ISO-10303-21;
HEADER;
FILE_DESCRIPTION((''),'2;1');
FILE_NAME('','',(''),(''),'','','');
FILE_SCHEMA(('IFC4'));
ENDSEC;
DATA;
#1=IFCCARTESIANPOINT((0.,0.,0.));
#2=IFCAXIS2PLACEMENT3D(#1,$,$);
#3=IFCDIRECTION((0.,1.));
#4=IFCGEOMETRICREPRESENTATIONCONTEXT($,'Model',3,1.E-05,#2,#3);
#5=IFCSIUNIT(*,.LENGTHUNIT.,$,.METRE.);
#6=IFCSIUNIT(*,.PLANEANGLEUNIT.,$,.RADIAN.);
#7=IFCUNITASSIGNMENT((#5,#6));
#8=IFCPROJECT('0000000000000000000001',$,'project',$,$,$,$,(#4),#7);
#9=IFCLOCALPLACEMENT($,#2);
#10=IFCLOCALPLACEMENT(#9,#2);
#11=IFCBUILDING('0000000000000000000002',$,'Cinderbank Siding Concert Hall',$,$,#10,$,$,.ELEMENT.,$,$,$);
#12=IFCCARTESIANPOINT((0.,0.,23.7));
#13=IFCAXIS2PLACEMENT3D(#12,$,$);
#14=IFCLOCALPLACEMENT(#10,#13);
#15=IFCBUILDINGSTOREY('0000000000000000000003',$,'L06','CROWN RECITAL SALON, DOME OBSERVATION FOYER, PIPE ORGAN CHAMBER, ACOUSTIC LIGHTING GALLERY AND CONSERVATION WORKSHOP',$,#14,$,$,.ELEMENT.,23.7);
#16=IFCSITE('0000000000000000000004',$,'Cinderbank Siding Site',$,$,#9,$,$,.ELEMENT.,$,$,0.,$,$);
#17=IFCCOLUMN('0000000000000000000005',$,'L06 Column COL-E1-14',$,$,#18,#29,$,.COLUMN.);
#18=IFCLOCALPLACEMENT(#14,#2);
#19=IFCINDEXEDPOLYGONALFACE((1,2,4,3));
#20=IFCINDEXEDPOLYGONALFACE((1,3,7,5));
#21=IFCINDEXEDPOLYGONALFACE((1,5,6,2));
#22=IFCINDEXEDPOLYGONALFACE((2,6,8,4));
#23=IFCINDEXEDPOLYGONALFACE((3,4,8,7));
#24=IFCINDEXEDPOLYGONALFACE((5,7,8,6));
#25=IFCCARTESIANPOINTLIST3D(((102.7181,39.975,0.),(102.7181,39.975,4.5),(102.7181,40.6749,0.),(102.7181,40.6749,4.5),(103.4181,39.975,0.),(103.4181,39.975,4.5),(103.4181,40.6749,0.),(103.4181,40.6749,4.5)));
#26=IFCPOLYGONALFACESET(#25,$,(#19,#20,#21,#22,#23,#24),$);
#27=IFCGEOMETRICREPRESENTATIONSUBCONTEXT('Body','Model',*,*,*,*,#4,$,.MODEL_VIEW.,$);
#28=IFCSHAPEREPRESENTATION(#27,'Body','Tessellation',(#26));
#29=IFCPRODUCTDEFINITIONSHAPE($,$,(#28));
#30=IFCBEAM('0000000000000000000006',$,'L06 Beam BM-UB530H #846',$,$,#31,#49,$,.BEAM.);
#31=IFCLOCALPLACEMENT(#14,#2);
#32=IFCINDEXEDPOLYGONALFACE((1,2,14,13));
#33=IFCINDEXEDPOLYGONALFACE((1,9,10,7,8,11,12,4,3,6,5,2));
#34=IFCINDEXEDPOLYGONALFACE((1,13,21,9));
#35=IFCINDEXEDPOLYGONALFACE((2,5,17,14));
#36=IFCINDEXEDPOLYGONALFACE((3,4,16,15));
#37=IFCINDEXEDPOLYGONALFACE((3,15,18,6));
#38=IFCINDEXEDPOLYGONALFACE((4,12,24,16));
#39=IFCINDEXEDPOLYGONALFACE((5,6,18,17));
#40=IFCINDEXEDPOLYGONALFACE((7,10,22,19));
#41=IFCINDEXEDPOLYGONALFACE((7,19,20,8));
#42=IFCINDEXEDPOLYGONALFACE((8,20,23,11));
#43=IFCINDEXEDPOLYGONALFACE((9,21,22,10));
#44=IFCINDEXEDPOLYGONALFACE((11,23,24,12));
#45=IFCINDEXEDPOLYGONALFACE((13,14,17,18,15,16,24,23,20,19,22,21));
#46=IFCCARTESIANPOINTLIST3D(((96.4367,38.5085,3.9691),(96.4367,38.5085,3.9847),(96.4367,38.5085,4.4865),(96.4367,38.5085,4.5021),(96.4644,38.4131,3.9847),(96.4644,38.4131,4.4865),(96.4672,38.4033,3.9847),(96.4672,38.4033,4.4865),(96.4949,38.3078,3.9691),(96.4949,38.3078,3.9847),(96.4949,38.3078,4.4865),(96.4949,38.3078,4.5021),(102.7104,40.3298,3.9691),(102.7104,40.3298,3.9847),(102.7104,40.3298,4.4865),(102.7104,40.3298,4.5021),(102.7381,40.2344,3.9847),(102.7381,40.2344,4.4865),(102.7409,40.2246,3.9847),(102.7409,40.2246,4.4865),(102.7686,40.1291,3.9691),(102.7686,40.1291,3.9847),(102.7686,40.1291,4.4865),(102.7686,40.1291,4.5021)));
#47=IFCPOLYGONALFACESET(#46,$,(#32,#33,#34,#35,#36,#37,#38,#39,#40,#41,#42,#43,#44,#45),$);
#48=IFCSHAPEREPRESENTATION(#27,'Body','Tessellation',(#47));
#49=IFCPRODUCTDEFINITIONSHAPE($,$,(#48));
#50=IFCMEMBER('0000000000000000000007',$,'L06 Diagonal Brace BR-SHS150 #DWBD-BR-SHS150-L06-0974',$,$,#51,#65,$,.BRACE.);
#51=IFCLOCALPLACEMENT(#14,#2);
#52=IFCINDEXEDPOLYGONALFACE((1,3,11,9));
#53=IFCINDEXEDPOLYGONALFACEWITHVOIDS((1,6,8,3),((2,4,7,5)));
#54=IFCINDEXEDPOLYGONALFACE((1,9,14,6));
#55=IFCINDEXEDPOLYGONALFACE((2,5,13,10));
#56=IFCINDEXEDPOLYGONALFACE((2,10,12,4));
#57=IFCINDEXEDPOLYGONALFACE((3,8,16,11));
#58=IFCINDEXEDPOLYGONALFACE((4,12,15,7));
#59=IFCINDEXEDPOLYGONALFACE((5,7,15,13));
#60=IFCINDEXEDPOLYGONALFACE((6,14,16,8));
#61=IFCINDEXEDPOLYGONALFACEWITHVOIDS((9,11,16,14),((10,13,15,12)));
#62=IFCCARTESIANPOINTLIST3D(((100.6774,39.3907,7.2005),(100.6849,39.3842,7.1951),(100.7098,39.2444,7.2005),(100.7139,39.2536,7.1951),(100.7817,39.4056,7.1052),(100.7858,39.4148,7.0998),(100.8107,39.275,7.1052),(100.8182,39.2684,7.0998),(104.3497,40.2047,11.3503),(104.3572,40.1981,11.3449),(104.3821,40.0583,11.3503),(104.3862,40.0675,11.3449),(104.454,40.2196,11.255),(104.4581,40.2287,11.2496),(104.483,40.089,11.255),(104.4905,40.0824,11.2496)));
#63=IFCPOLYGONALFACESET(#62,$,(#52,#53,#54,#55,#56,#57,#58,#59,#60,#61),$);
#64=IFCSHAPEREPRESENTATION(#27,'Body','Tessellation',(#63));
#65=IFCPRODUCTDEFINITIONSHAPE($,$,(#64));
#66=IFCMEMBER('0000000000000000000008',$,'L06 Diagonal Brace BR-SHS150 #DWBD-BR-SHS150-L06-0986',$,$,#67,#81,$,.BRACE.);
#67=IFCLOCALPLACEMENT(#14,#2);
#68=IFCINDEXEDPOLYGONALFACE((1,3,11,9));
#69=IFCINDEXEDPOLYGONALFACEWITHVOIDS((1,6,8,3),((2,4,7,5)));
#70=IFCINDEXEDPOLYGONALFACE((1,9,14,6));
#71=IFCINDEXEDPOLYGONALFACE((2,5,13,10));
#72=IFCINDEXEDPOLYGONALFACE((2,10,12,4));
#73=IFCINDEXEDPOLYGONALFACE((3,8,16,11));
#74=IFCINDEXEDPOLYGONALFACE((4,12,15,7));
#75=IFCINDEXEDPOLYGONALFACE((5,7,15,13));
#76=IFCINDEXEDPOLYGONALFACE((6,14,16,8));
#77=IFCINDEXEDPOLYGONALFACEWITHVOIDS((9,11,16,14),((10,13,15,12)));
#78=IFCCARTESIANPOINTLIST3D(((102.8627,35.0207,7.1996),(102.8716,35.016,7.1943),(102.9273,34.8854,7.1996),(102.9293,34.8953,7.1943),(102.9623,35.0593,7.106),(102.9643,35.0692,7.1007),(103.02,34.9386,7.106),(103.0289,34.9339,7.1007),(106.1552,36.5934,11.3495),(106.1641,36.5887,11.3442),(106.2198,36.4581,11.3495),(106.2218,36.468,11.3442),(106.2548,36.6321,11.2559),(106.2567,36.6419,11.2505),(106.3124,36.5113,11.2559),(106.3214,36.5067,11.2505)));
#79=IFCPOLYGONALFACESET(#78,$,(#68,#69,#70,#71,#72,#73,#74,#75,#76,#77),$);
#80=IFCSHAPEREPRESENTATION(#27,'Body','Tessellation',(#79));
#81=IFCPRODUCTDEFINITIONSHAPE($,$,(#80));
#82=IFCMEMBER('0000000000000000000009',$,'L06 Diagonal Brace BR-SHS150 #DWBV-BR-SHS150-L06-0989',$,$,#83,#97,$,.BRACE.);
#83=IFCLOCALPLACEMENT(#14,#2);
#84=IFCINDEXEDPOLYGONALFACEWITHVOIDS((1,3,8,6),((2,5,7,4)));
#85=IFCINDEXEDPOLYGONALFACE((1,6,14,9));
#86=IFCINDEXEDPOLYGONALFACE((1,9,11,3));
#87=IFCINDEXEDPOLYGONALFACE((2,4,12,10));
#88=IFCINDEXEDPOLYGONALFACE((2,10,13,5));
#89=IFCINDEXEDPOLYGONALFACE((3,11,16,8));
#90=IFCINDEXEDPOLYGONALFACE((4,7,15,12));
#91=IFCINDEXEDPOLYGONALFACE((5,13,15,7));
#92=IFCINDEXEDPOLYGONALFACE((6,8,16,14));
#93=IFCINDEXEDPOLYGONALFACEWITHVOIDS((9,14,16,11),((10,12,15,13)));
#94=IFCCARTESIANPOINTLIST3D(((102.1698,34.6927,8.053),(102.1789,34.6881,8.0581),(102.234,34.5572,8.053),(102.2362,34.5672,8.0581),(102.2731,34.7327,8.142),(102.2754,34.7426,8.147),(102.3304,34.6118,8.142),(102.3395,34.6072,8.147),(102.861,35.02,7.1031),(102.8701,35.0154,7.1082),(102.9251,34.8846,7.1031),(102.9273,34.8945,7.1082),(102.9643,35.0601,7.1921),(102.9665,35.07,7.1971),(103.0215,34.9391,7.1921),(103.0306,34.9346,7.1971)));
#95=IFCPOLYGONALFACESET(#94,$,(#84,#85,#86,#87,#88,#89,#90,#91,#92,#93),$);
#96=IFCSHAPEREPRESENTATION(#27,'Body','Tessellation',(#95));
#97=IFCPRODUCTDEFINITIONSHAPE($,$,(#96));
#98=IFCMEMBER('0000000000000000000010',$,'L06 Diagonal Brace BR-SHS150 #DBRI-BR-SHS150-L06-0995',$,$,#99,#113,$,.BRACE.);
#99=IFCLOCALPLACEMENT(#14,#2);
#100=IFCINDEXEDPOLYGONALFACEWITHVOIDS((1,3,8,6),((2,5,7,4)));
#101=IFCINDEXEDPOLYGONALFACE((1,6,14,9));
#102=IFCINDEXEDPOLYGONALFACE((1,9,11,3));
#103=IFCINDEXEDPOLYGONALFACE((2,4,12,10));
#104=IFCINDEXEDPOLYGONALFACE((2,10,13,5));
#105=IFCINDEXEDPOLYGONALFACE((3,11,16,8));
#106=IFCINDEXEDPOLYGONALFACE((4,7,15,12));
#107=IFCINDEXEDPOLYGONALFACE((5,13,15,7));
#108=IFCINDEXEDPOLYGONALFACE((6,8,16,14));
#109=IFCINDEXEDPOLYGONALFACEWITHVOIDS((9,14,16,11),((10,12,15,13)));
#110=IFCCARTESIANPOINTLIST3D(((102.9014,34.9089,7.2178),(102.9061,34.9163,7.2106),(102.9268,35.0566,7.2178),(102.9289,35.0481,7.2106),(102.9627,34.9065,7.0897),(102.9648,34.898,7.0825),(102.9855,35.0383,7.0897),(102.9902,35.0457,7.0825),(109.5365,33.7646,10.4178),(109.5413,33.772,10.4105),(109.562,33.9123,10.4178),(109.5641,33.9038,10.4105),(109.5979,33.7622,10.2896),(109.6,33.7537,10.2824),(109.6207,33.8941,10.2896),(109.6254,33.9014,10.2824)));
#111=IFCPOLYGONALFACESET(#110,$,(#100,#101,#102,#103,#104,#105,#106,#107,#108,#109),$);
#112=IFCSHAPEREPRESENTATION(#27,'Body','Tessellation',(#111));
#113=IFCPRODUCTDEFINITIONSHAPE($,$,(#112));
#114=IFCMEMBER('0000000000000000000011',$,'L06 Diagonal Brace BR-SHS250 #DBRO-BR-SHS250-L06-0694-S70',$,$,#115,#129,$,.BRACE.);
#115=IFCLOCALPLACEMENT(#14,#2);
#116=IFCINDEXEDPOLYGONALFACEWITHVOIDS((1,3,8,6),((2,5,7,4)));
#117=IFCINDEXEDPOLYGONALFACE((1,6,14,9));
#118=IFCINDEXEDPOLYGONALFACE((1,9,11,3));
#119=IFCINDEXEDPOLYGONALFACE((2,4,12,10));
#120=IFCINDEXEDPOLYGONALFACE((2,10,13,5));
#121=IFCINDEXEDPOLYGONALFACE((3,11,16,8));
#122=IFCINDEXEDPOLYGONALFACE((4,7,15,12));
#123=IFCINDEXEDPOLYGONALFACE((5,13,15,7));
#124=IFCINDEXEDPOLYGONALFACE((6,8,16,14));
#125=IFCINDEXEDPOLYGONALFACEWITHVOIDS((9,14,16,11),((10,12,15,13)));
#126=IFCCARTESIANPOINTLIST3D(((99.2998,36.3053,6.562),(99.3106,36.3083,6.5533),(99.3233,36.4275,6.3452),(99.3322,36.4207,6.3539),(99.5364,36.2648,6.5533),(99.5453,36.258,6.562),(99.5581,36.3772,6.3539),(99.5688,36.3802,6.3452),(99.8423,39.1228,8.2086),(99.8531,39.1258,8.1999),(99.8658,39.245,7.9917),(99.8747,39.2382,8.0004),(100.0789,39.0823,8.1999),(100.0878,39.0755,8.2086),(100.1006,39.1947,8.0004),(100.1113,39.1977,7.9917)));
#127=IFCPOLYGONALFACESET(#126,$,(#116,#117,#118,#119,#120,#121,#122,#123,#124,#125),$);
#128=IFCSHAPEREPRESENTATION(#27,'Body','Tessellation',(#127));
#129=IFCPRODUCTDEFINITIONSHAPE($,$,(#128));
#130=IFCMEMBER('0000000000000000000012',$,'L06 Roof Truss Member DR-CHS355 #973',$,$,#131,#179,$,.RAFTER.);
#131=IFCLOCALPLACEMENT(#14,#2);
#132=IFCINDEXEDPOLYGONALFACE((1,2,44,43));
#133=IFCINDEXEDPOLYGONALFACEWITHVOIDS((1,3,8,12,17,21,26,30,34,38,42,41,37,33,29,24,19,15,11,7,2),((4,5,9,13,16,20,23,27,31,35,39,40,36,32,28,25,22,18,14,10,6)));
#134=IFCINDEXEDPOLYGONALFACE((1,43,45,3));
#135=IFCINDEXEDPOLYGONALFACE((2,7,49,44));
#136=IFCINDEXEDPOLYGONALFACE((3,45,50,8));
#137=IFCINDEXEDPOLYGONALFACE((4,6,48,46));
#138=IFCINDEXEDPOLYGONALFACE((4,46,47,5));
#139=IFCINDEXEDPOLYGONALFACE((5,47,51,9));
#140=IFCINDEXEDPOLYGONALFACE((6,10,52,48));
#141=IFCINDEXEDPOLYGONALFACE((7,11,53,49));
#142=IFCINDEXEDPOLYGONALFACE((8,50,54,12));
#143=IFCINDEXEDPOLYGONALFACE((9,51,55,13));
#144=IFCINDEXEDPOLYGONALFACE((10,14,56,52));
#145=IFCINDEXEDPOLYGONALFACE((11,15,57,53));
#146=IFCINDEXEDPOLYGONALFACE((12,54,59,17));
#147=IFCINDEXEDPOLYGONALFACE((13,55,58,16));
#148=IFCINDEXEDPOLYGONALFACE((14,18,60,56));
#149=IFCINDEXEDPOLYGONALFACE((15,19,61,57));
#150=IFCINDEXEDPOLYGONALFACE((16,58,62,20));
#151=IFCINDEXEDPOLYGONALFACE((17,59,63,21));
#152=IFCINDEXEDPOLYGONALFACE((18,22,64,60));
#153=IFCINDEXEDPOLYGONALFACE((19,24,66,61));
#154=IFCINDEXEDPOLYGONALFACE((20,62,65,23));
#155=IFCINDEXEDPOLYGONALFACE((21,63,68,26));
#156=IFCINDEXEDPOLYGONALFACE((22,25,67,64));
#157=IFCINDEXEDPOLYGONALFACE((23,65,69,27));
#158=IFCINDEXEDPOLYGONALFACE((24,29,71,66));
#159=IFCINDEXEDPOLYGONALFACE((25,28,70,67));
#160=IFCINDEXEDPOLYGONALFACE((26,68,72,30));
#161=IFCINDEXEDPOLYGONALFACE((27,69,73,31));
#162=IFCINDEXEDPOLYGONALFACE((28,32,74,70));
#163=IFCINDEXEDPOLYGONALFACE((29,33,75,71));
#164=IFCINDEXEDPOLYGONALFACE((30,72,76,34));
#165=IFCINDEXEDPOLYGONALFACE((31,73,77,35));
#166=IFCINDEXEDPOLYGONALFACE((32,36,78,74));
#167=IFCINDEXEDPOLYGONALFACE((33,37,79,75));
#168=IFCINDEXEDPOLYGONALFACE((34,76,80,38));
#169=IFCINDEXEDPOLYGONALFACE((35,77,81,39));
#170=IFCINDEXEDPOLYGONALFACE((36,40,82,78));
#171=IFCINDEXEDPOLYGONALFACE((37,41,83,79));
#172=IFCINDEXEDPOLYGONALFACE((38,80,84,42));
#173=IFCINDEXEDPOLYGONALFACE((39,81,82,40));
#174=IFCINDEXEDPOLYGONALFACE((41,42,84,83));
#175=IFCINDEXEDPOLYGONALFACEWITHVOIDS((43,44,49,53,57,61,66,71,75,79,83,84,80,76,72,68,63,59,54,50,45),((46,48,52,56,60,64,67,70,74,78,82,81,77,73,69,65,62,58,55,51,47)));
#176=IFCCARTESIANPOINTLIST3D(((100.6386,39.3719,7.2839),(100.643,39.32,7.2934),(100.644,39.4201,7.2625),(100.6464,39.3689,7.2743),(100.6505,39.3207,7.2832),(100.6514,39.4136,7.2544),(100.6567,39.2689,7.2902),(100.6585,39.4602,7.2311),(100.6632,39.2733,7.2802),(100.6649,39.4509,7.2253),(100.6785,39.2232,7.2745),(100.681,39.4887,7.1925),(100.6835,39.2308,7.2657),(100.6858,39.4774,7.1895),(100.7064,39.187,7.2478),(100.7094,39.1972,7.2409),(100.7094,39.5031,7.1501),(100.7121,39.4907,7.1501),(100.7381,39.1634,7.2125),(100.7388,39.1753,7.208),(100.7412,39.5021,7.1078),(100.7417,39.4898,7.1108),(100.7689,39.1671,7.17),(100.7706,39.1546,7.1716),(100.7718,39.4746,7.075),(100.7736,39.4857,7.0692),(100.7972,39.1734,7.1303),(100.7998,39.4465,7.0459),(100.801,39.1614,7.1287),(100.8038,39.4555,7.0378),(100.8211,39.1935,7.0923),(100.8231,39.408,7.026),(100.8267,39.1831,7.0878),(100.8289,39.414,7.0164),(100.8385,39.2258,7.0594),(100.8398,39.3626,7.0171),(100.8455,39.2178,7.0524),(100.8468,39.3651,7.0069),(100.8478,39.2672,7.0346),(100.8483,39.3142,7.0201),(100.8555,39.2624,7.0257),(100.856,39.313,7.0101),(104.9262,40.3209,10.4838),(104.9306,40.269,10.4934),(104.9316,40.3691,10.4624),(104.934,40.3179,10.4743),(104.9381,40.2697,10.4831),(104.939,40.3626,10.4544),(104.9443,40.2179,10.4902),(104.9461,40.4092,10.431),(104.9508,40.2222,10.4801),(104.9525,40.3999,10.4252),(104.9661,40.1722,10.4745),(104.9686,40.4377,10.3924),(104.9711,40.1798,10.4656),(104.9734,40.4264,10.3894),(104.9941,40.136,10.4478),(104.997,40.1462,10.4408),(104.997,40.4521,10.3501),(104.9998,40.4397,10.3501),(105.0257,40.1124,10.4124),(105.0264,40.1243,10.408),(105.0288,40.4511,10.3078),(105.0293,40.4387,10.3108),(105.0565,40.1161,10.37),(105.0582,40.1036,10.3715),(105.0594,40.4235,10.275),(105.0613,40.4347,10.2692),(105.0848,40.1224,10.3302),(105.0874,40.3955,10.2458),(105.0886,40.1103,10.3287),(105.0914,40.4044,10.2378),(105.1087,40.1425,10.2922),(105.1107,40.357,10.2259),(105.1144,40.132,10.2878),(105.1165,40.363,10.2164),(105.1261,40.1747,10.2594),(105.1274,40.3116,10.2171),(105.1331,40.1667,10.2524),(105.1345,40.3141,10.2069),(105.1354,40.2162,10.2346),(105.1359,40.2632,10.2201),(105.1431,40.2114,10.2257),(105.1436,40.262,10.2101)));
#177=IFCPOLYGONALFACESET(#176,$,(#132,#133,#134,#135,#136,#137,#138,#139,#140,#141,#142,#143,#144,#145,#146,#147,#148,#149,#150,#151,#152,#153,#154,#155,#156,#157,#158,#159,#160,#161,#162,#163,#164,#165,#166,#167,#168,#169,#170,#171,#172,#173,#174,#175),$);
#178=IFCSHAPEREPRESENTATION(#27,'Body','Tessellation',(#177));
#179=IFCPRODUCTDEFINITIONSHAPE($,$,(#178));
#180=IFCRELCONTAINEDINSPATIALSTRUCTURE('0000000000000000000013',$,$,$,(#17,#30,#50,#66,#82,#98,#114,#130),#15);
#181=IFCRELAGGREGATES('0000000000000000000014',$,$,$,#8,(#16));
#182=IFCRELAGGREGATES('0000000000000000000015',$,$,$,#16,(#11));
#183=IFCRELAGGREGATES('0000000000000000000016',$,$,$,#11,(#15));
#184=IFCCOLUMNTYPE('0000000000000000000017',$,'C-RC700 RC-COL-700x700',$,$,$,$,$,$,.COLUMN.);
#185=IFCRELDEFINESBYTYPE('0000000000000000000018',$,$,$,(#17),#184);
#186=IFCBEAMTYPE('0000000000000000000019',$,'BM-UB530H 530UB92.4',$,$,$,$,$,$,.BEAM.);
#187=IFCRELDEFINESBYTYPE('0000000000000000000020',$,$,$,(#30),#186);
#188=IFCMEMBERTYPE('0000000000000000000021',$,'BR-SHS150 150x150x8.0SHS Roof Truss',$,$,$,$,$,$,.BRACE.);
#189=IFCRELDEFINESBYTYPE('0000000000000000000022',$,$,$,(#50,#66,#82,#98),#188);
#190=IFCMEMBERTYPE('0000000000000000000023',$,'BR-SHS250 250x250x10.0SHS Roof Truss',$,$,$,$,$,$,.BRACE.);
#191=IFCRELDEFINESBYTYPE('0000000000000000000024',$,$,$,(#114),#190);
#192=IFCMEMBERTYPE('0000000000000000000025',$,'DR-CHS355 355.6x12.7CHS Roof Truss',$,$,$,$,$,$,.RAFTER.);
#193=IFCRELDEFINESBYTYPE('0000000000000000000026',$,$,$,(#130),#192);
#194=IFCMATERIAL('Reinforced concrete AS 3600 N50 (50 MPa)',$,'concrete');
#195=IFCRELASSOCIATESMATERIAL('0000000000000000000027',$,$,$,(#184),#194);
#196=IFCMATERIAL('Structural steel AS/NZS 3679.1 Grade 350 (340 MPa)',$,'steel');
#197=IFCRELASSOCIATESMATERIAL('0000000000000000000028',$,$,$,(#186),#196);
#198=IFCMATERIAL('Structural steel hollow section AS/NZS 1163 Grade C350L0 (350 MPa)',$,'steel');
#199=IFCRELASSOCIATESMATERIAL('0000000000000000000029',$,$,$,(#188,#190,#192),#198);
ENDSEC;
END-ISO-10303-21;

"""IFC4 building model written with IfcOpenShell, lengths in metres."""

from ifc_helpers import new_model, si_unit, direction, frame, origin, origin_2d, place, context, subcontext, project, spatial, rectangle, hollow_rectangle, hollow_circle, i_section, extrude, material, material_profile, profile_set, type_object, element, save


model = new_model("IFC4")

# Units and contexts
model_context = context("Model", 3, precision=1e-05, world=origin(), true_north=direction((0.0, 1.0)))
body_context = subcontext(model_context, "Body", "Model", "MODEL_VIEW")
ifc_project = project(units=[si_unit("LENGTHUNIT", "METRE"), si_unit("PLANEANGLEUNIT", "RADIAN")], contexts=[model_context])

# Site, building, storey
site_placement = place(None, origin())
site = spatial("IfcSite", under=ifc_project, at=site_placement, Name="Cinderbank Siding Site", CompositionType="ELEMENT", RefElevation=0.0)
building_placement = place(site_placement, origin())
building = spatial("IfcBuilding", under=site, at=building_placement, Name="Cinderbank Siding Concert Hall", CompositionType="ELEMENT")
storey_placement = place(building_placement, frame((0.0, 0.0, 23.7)))
storey = spatial("IfcBuildingStorey", under=building, at=storey_placement, Name="L06", Description="CROWN RECITAL SALON, DOME OBSERVATION FOYER, PIPE ORGAN CHAMBER, ACOUSTIC LIGHTING GALLERY AND CONSERVATION WORKSHOP", CompositionType="ELEMENT", Elevation=23.7)

# Column
ifc_material_1 = material(Name="Reinforced concrete AS 3600 N50 (50 MPa)", Category="concrete")
ifc_material_profile_1 = material_profile(ifc_material_1, rectangle(XDim=0.7, YDim=0.7, at=origin_2d()), Name="RC-COL-700x700", Category="LoadBearing")
ifc_profile_set_1 = profile_set([ifc_material_profile_1], Name="Reinforced concrete AS 3600 N50 (50 MPa)")
column_type = type_object("IfcColumnType", Name="C-RC700 RC-COL-700x700", PredefinedType="COLUMN", material=ifc_profile_set_1)
column_placement = place(storey_placement, frame((103.0681, 40.325, 0.0), z_axis=(0.0, 0.0, 1.0), x_axis=(1.0, 0.0, 0.0)))
element("IfcColumn", 1, at=column_placement, inside=storey, type_object=column_type, Name="L06 Column COL-E1-14", PredefinedType="COLUMN", context=body_context, shape_type="SweptSolid", body=[
    extrude(rectangle(XDim=0.7, YDim=0.7, at=origin_2d()), origin(), (0.0, 0.0, 1.0), 4.5),
])

# Beam
ifc_material_2 = material(Name="Structural steel AS/NZS 3679.1 Grade 350 (340 MPa)", Category="steel")
ifc_material_profile_2 = material_profile(ifc_material_2, i_section(OverallWidth=0.209, OverallDepth=0.533, WebThickness=0.0103, FlangeThickness=0.0156, at=origin_2d()), Name="530UB92.4", Category="LoadBearing")
ifc_profile_set_2 = profile_set([ifc_material_profile_2], Name="Structural steel AS/NZS 3679.1 Grade 350 (340 MPa)")
beam_type = type_object("IfcBeamType", Name="BM-UB530H 530UB92.4", PredefinedType="BEAM", material=ifc_profile_set_2)
beam_placement = place(storey_placement, frame((102.7395, 40.2295, 4.2356), z_axis=(-0.96035, -0.278796, 0.0), x_axis=(0.278796, -0.96035, 0.0)))
element("IfcBeam", 2, at=beam_placement, inside=storey, type_object=beam_type, Name="L06 Beam BM-UB530H #846", PredefinedType="BEAM", context=body_context, shape_type="SweptSolid", body=[
    extrude(i_section(OverallWidth=0.209, OverallDepth=0.533, WebThickness=0.0103, FlangeThickness=0.0156, at=origin_2d()), origin(), (0.0, 0.0, 1.0), 6.5327),
])

# Members
ifc_material_3 = material(Name="Structural steel hollow section AS/NZS 1163 Grade C350L0 (350 MPa)", Category="steel")
ifc_material_profile_3 = material_profile(ifc_material_3, hollow_rectangle(XDim=0.1499, YDim=0.1499, WallThickness=0.0081, at=origin_2d()), Name="150x150x8.0SHS", Category="LoadBearing")
ifc_profile_set_3 = profile_set([ifc_material_profile_3], Name="Structural steel hollow section AS/NZS 1163 Grade C350L0 (350 MPa)")
member_type_1 = type_object("IfcMemberType", Name="BR-SHS150 150x150x8.0SHS Roof Truss", PredefinedType="BRACE", material=ifc_profile_set_3)
member_1_placement = place(storey_placement, frame((100.7478, 39.3296, 7.1501), z_axis=(0.65567, 0.145327, 0.74093), x_axis=(-0.216394, 0.976306, 0.0)))
element("IfcMember", 3, at=member_1_placement, inside=storey, type_object=member_type_1, Name="L06 Diagonal Brace BR-SHS150 #DWBD-BR-SHS150-L06-0974", PredefinedType="BRACE", context=body_context, shape_type="SweptSolid", body=[
    extrude(hollow_rectangle(XDim=0.1499, YDim=0.1499, WallThickness=0.0081, at=origin_2d()), origin(), (0.0, 0.0, 1.0), 5.6008),
])
member_2_placement = place(storey_placement, frame((102.9458, 34.9773, 7.1501), z_axis=(0.595826, 0.284615, 0.75099), x_axis=(-0.431029, 0.902338, 0.0)))
element("IfcMember", 4, at=member_2_placement, inside=storey, type_object=member_type_1, Name="L06 Diagonal Brace BR-SHS150 #DWBD-BR-SHS150-L06-0986", PredefinedType="BRACE", context=body_context, shape_type="SweptSolid", body=[
    extrude(hollow_rectangle(XDim=0.1499, YDim=0.1499, WallThickness=0.0081, at=origin_2d()), origin(), (0.0, 0.0, 1.0), 5.5259),
])
member_3_placement = place(storey_placement, frame((102.9458, 34.9773, 7.1501), z_axis=(-0.566736, -0.268454, 0.778937), x_axis=(0.428086, -0.903738, 0.0)))
element("IfcMember", 5, at=member_3_placement, inside=storey, type_object=member_type_1, Name="L06 Diagonal Brace BR-SHS150 #DWBV-BR-SHS150-L06-0989", PredefinedType="BRACE", context=body_context, shape_type="SweptSolid", body=[
    extrude(hollow_rectangle(XDim=0.1499, YDim=0.1499, WallThickness=0.0081, at=origin_2d()), origin(), (0.0, 0.0, 1.0), 1.2195),
])
member_4_placement = place(storey_placement, frame((102.9458, 34.9773, 7.1501), z_axis=(0.890052, -0.153494, 0.429241), x_axis=(0.169947, 0.985453, 0.0)))
element("IfcMember", 6, at=member_4_placement, inside=storey, type_object=member_type_1, Name="L06 Diagonal Brace BR-SHS150 #DBRI-BR-SHS150-L06-0995", PredefinedType="BRACE", context=body_context, shape_type="SweptSolid", body=[
    extrude(hollow_rectangle(XDim=0.1499, YDim=0.1499, WallThickness=0.0081, at=origin_2d()), origin(), (0.0, 0.0, 1.0), 7.4548),
])
ifc_material_profile_4 = material_profile(ifc_material_3, hollow_rectangle(XDim=0.25, YDim=0.25, WallThickness=0.01, at=origin_2d()), Name="250x250x10.0SHS", Category="LoadBearing")
ifc_profile_set_4 = profile_set([ifc_material_profile_4], Name="Structural steel hollow section AS/NZS 1163 Grade C350L0 (350 MPa)")
member_type_2 = type_object("IfcMemberType", Name="BR-SHS250 250x250x10.0SHS Roof Truss", PredefinedType="BRACE", material=ifc_profile_set_4)
member_5_placement = place(storey_placement, frame((99.4343, 36.3428, 6.4536), z_axis=(0.163991, 0.851689, 0.497729), x_axis=(-0.981963, 0.189075, 0.0)))
element("IfcMember", 7, at=member_5_placement, inside=storey, type_object=member_type_2, Name="L06 Diagonal Brace BR-SHS250 #DBRO-BR-SHS250-L06-0694-S70", PredefinedType="BRACE", context=body_context, shape_type="SweptSolid", body=[
    extrude(hollow_rectangle(XDim=0.25, YDim=0.25, WallThickness=0.01, at=origin_2d()), origin(), (0.0, 0.0, 1.0), 3.3081),
])
ifc_material_profile_5 = material_profile(ifc_material_3, hollow_circle(Radius=0.1777, WallThickness=0.0127, at=origin_2d()), Name="355.6x12.7CHS", Category="LoadBearing")
ifc_profile_set_5 = profile_set([ifc_material_profile_5], Name="Structural steel hollow section AS/NZS 1163 Grade C350L0 (350 MPa)")
member_type_3 = type_object("IfcMemberType", Name="DR-CHS355 355.6x12.7CHS Roof Truss", PredefinedType="RAFTER", material=ifc_profile_set_5)
member_6_placement = place(storey_placement, frame((100.7478, 39.3296, 7.1501), z_axis=(0.789093, 0.17465, 0.588922), x_axis=(-0.2161, 0.976371, 0.0)))
element("IfcMember", 8, at=member_6_placement, inside=storey, type_object=member_type_3, Name="L06 Roof Truss Member DR-CHS355 #973", PredefinedType="RAFTER", context=body_context, shape_type="SweptSolid", body=[
    extrude(hollow_circle(Radius=0.1777, WallThickness=0.0127, at=origin_2d()), origin(), (0.0, 0.0, 1.0), 5.4336),
])

save(model, "model.ifc")
